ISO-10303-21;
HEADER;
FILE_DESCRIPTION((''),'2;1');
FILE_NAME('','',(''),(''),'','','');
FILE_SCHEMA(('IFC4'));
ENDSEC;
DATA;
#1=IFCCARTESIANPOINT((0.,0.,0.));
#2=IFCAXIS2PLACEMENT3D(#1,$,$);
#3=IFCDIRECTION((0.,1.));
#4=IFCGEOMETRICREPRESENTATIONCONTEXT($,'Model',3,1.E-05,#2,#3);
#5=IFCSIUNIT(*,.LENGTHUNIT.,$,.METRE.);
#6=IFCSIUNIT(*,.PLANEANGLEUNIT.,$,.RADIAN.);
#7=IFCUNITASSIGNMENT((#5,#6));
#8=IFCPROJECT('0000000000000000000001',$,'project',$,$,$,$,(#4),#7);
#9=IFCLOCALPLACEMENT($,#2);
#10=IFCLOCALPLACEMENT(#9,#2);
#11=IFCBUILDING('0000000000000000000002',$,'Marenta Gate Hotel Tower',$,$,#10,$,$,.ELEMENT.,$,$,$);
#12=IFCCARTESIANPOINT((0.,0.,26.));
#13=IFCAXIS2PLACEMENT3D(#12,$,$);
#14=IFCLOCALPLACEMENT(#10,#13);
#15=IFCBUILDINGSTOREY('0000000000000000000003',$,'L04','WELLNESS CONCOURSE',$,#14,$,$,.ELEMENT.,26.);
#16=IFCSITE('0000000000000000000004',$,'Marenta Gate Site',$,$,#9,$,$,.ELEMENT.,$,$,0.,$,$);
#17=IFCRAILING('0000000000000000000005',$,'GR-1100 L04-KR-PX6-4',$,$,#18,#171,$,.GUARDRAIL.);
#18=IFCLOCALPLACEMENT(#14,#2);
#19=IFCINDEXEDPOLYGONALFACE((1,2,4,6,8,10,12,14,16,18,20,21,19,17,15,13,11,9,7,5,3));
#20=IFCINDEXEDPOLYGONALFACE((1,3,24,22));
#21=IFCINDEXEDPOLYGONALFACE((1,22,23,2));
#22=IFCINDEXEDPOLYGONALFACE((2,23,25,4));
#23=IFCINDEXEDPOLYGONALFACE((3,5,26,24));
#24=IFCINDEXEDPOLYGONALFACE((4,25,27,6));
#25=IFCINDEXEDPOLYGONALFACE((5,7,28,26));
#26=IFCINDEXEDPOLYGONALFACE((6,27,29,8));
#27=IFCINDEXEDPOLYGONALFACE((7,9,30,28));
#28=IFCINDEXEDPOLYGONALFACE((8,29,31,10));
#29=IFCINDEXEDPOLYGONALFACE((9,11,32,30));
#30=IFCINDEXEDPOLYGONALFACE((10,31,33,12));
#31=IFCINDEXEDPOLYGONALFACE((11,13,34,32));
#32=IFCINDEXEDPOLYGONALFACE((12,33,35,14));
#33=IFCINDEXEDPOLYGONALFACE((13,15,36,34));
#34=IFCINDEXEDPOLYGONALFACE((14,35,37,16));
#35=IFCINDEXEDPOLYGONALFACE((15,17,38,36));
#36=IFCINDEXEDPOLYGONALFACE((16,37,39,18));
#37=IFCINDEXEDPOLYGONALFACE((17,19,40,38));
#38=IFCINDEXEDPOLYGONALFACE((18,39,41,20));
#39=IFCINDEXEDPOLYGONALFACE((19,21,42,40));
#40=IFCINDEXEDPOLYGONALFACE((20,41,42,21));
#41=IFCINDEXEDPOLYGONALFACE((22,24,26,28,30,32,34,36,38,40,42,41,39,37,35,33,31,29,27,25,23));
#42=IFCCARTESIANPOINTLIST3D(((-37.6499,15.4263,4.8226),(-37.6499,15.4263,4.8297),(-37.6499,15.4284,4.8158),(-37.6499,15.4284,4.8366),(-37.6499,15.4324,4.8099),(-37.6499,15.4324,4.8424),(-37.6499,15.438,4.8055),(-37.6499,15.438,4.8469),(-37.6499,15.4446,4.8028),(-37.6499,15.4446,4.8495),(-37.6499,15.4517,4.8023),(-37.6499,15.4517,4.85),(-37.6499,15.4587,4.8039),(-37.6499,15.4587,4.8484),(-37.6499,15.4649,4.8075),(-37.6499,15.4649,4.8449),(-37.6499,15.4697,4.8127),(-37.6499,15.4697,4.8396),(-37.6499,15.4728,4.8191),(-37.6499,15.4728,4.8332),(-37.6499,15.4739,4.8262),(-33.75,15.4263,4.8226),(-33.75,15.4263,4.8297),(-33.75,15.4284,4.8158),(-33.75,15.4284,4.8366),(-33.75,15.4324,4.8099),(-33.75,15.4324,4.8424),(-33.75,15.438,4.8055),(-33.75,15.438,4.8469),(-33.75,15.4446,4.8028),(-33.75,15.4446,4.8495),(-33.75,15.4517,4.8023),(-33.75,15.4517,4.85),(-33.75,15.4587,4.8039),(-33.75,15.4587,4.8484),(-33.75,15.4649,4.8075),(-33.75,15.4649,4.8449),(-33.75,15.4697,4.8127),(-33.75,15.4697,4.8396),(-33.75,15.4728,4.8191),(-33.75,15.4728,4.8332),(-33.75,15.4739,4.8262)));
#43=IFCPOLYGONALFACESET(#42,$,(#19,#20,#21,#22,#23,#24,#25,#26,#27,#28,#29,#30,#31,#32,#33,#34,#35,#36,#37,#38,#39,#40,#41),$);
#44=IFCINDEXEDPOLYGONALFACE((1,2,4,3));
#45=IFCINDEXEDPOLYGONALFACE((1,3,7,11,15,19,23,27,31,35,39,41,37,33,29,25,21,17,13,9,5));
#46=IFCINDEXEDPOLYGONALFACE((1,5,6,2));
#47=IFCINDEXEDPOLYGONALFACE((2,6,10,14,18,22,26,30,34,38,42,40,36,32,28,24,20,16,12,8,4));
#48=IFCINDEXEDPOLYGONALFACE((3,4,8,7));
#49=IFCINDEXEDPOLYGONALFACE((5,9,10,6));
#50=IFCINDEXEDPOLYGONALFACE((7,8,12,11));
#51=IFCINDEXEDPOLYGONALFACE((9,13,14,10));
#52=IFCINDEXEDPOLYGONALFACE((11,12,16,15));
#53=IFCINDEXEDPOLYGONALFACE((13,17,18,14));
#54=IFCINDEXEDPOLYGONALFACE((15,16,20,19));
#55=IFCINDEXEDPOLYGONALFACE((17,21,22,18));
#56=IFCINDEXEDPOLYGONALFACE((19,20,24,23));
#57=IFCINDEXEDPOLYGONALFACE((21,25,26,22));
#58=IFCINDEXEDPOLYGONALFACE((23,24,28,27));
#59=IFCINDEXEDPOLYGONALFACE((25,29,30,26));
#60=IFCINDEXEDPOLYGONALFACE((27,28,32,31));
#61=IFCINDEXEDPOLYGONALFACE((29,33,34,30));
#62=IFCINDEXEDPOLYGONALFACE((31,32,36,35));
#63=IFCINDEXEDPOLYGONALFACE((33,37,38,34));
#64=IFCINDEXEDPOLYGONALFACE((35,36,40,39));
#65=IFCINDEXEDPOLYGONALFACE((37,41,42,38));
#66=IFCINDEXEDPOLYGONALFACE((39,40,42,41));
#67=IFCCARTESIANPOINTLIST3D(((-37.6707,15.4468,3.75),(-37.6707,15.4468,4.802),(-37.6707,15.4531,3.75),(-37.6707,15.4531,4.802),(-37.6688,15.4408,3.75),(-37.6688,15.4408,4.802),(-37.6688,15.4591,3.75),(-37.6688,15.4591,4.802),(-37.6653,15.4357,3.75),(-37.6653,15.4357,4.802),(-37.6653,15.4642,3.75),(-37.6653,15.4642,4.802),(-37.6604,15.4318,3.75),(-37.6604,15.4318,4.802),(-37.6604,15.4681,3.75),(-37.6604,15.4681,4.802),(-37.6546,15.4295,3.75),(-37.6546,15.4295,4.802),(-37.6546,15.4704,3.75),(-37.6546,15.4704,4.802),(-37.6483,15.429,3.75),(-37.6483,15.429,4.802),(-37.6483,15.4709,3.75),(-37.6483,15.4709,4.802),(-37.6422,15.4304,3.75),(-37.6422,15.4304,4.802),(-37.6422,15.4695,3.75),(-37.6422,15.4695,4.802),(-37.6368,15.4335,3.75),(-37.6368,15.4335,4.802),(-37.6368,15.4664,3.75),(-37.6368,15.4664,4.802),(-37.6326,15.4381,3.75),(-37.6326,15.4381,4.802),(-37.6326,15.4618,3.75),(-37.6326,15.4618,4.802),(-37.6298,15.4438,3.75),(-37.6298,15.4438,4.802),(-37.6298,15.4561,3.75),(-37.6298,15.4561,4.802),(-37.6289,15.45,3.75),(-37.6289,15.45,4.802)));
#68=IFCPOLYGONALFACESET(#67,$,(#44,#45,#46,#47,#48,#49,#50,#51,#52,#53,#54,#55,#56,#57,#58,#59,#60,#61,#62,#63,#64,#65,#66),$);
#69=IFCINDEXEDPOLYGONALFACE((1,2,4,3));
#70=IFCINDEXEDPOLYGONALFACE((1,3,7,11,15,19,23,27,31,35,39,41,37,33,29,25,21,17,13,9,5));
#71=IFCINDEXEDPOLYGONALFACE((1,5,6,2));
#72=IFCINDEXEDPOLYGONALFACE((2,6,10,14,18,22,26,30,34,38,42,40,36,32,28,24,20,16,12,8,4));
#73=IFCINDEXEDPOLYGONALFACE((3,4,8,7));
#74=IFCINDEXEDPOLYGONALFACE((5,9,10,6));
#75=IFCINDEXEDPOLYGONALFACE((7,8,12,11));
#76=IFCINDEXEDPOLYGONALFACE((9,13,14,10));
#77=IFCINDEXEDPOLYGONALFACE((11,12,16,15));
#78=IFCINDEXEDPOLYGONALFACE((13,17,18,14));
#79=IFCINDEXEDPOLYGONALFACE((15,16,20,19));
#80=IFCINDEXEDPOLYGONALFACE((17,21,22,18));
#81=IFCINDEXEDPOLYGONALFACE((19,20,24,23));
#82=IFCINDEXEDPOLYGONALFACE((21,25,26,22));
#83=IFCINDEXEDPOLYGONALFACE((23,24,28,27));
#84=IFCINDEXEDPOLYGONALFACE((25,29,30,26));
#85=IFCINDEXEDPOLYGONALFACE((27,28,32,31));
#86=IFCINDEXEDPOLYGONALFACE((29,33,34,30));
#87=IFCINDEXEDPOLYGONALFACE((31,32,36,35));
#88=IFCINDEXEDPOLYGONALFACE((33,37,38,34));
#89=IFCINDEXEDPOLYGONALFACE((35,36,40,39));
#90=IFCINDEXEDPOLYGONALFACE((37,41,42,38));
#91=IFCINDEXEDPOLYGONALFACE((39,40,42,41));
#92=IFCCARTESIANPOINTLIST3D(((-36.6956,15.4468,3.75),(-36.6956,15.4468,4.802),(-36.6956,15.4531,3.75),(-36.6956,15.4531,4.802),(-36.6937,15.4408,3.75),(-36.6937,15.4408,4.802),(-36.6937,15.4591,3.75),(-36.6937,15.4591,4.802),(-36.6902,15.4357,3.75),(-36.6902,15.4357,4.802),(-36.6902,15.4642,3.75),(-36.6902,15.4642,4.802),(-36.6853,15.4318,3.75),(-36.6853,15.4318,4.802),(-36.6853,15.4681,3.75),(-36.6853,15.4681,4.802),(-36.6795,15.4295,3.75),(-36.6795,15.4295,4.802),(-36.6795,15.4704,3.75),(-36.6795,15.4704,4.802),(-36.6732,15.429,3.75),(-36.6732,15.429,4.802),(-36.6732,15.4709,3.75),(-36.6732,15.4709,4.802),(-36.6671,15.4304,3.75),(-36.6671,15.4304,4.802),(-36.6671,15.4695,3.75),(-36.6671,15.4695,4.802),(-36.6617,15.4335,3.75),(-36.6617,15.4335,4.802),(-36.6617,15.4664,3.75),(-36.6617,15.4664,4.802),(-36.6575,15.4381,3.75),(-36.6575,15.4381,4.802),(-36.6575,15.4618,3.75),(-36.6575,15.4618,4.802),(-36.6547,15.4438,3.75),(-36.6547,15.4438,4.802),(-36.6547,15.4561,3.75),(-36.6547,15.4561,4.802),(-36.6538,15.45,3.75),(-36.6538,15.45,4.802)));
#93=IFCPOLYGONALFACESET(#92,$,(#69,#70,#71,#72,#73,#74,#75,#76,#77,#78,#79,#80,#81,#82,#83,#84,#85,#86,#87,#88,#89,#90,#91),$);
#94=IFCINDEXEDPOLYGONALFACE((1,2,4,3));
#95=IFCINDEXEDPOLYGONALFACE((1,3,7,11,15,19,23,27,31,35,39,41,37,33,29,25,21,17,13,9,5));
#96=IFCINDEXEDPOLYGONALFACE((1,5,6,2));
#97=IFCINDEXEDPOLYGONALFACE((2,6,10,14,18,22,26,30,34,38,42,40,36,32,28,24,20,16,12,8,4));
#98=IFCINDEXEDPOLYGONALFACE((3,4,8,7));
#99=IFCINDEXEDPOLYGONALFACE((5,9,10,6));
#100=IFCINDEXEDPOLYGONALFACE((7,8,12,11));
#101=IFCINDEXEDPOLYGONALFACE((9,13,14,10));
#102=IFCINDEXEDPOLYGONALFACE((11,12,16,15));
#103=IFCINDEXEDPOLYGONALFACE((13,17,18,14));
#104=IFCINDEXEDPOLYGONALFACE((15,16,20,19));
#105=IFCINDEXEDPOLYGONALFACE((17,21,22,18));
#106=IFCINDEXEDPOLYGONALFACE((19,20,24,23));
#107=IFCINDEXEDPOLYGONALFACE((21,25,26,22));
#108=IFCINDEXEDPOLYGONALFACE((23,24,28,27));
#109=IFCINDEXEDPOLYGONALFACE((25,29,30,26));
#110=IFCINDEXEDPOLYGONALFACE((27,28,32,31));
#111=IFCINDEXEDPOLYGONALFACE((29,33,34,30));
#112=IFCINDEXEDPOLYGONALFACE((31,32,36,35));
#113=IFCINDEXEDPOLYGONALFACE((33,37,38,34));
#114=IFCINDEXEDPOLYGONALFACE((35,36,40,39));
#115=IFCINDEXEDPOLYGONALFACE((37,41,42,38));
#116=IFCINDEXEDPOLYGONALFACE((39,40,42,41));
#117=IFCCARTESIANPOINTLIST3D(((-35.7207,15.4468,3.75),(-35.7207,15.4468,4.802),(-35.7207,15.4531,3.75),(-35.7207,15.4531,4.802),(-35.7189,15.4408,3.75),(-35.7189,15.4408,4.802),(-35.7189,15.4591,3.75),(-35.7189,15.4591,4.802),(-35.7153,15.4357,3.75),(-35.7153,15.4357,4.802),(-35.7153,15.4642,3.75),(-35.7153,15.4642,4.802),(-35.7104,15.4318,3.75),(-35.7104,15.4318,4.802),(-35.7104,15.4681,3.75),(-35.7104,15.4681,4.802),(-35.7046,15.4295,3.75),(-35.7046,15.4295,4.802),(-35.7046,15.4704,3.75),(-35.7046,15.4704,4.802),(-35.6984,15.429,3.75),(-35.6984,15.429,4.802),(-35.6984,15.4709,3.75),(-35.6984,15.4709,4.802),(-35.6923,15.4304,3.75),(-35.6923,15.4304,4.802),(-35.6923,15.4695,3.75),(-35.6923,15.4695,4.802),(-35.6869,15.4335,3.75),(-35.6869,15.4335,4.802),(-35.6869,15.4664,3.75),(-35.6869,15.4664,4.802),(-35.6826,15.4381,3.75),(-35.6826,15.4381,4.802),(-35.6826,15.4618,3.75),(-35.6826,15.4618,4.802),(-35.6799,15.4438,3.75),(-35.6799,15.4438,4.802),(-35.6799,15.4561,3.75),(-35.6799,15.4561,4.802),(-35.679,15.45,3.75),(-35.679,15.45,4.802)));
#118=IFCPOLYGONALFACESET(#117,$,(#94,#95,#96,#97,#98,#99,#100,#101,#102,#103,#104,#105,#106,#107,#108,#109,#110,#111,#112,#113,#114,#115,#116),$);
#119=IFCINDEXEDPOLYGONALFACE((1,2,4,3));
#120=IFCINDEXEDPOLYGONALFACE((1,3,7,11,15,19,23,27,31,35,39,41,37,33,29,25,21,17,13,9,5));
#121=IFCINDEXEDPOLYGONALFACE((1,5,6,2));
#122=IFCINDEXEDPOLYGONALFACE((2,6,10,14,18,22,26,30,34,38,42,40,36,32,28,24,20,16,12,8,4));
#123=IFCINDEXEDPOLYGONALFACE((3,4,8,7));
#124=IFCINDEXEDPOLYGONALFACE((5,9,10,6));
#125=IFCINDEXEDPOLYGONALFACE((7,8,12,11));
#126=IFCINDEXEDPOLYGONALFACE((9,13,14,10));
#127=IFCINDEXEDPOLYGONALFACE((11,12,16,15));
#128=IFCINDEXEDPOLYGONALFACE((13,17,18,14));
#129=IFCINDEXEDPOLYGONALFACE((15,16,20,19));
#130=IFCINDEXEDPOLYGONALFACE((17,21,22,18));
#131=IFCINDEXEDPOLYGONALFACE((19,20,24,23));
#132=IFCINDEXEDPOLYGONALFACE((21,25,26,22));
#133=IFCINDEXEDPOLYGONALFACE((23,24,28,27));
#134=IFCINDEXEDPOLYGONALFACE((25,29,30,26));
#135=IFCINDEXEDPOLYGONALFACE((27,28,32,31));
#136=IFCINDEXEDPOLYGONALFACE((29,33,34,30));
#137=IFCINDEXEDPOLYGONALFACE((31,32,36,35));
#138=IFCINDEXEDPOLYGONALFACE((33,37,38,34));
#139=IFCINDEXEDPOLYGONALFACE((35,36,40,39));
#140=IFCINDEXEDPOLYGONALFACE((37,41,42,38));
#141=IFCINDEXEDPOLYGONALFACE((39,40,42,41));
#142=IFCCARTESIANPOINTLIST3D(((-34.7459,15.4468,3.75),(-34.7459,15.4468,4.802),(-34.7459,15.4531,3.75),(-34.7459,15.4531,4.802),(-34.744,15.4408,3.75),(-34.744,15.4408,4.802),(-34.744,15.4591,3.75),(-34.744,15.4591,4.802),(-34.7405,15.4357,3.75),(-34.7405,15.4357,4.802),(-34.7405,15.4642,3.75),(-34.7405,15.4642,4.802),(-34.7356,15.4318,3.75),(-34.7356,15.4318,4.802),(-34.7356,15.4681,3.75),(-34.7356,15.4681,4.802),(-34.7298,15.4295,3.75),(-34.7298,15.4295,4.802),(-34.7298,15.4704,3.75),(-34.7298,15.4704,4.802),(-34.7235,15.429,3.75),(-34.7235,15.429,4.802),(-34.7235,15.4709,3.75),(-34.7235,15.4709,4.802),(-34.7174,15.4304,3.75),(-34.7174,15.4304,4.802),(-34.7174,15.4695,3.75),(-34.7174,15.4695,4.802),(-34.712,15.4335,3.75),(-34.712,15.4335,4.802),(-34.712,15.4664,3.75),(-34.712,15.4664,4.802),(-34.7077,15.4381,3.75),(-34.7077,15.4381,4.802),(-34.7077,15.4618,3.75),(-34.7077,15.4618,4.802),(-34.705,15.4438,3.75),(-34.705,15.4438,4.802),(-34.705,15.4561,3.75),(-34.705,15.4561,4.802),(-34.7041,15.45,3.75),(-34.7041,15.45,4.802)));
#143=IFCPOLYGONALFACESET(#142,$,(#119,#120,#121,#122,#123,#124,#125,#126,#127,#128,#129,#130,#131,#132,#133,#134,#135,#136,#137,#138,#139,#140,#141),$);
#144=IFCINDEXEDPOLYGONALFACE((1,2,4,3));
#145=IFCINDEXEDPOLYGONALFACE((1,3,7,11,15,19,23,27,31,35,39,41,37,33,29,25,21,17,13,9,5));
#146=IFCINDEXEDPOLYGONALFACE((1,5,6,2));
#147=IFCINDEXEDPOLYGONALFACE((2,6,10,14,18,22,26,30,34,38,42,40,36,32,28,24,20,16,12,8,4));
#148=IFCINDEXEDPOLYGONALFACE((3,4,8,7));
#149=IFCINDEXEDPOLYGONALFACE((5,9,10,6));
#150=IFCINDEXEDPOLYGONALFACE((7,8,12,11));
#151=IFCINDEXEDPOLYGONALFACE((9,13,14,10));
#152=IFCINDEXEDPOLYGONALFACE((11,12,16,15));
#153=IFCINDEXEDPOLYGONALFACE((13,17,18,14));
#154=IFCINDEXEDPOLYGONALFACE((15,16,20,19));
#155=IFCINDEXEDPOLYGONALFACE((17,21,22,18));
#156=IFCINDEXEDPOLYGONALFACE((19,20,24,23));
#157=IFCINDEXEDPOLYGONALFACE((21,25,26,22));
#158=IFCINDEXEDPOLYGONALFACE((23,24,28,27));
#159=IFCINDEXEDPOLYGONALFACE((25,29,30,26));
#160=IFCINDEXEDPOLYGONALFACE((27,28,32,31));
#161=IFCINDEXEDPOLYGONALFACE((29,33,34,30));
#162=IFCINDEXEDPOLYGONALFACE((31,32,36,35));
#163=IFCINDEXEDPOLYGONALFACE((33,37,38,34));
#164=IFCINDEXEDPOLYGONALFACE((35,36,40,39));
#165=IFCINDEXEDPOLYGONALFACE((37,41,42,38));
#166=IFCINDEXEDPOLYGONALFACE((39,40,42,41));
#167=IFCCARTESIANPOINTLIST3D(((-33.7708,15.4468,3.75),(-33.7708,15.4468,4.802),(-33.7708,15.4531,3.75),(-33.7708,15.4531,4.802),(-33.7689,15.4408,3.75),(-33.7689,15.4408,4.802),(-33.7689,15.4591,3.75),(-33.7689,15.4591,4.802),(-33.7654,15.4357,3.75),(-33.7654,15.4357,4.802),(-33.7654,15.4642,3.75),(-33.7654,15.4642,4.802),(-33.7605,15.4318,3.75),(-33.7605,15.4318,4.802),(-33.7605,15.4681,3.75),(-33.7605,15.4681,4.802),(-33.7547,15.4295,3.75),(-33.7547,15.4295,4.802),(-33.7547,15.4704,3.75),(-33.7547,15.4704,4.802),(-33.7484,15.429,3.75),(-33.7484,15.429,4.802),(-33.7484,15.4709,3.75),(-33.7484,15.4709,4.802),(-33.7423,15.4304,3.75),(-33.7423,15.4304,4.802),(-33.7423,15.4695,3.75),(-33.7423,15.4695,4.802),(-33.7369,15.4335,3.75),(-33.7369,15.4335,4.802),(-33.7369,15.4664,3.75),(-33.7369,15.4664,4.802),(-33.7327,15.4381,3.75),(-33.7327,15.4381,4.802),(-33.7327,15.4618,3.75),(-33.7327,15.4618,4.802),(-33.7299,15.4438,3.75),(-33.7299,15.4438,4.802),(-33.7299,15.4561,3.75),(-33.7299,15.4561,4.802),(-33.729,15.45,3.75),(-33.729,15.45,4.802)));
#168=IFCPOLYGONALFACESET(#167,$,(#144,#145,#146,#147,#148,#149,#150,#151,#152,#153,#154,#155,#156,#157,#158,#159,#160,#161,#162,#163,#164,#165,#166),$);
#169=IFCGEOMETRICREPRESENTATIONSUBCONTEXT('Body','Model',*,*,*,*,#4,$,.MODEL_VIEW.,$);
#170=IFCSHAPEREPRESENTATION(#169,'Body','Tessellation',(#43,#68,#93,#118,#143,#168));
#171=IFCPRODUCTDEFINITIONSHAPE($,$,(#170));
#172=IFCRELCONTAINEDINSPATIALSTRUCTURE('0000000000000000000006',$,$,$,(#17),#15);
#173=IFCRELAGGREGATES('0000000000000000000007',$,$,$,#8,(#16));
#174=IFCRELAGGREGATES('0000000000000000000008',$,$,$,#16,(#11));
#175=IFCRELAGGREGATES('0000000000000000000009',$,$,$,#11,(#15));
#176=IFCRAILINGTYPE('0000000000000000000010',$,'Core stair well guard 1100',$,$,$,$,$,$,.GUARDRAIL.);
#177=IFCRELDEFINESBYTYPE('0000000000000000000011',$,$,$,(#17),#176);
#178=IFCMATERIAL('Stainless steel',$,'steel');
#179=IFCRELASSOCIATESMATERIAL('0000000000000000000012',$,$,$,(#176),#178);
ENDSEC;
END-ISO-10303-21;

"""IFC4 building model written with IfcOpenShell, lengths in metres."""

from ifc_helpers import new_model, si_unit, direction, frame, origin, origin_2d, place, context, subcontext, project, spatial, circle, extrude, material, type_object, element, save


model = new_model("IFC4")

# Units and contexts
model_context = context("Model", 3, precision=1e-05, world=origin(), true_north=direction((0.0, 1.0)))
body_context = subcontext(model_context, "Body", "Model", "MODEL_VIEW")
ifc_project = project(units=[si_unit("LENGTHUNIT", "METRE"), si_unit("PLANEANGLEUNIT", "RADIAN")], contexts=[model_context])

# Site, building, storey
site_placement = place(None, origin())
site = spatial("IfcSite", under=ifc_project, at=site_placement, Name="Marenta Gate Site", CompositionType="ELEMENT", RefElevation=0.0)
building_placement = place(site_placement, origin())
building = spatial("IfcBuilding", under=site, at=building_placement, Name="Marenta Gate Hotel Tower", CompositionType="ELEMENT")
storey_placement = place(building_placement, frame((0.0, 0.0, 26.0)))
storey = spatial("IfcBuildingStorey", under=building, at=storey_placement, Name="L04", Description="WELLNESS CONCOURSE", CompositionType="ELEMENT", Elevation=26.0)

# Railing
ifc_material_1 = material(Name="Stainless steel", Category="steel")
railing_type = type_object("IfcRailingType", Name="Core stair well guard 1100", PredefinedType="GUARDRAIL", material=ifc_material_1)
for number, where, name in (
    (1, (-37.6499, 15.45, 3.75), "GR-1100 L04-KR-PX6-4"),
):
    element("IfcRailing", number, at=place(storey_placement, frame(where)), inside=storey, type_object=railing_type, Name=name, PredefinedType="GUARDRAIL", context=body_context, shape_type="SweptSolid", body=[
        extrude(circle(Radius=0.0239, at=origin_2d()), frame((0.0, 0.0, 1.0762), z_axis=(1.0, 0.0, 0.0), x_axis=(0.0, 1.0, 0.0)), (0.0, 0.0, 1.0), 3.8999),
        extrude(circle(Radius=0.021, at=origin_2d()), origin(), (0.0, 0.0, 1.0), 1.052),
        extrude(circle(Radius=0.021, at=origin_2d()), frame((0.9751, 0.0, 0.0)), (0.0, 0.0, 1.0), 1.052),
        extrude(circle(Radius=0.021, at=origin_2d()), frame((1.95, 0.0, 0.0)), (0.0, 0.0, 1.0), 1.052),
        extrude(circle(Radius=0.021, at=origin_2d()), frame((2.9248, 0.0, 0.0)), (0.0, 0.0, 1.0), 1.052),
        extrude(circle(Radius=0.021, at=origin_2d()), frame((3.8999, 0.0, 0.0)), (0.0, 0.0, 1.0), 1.052),
    ])

save(model, "model.ifc")
